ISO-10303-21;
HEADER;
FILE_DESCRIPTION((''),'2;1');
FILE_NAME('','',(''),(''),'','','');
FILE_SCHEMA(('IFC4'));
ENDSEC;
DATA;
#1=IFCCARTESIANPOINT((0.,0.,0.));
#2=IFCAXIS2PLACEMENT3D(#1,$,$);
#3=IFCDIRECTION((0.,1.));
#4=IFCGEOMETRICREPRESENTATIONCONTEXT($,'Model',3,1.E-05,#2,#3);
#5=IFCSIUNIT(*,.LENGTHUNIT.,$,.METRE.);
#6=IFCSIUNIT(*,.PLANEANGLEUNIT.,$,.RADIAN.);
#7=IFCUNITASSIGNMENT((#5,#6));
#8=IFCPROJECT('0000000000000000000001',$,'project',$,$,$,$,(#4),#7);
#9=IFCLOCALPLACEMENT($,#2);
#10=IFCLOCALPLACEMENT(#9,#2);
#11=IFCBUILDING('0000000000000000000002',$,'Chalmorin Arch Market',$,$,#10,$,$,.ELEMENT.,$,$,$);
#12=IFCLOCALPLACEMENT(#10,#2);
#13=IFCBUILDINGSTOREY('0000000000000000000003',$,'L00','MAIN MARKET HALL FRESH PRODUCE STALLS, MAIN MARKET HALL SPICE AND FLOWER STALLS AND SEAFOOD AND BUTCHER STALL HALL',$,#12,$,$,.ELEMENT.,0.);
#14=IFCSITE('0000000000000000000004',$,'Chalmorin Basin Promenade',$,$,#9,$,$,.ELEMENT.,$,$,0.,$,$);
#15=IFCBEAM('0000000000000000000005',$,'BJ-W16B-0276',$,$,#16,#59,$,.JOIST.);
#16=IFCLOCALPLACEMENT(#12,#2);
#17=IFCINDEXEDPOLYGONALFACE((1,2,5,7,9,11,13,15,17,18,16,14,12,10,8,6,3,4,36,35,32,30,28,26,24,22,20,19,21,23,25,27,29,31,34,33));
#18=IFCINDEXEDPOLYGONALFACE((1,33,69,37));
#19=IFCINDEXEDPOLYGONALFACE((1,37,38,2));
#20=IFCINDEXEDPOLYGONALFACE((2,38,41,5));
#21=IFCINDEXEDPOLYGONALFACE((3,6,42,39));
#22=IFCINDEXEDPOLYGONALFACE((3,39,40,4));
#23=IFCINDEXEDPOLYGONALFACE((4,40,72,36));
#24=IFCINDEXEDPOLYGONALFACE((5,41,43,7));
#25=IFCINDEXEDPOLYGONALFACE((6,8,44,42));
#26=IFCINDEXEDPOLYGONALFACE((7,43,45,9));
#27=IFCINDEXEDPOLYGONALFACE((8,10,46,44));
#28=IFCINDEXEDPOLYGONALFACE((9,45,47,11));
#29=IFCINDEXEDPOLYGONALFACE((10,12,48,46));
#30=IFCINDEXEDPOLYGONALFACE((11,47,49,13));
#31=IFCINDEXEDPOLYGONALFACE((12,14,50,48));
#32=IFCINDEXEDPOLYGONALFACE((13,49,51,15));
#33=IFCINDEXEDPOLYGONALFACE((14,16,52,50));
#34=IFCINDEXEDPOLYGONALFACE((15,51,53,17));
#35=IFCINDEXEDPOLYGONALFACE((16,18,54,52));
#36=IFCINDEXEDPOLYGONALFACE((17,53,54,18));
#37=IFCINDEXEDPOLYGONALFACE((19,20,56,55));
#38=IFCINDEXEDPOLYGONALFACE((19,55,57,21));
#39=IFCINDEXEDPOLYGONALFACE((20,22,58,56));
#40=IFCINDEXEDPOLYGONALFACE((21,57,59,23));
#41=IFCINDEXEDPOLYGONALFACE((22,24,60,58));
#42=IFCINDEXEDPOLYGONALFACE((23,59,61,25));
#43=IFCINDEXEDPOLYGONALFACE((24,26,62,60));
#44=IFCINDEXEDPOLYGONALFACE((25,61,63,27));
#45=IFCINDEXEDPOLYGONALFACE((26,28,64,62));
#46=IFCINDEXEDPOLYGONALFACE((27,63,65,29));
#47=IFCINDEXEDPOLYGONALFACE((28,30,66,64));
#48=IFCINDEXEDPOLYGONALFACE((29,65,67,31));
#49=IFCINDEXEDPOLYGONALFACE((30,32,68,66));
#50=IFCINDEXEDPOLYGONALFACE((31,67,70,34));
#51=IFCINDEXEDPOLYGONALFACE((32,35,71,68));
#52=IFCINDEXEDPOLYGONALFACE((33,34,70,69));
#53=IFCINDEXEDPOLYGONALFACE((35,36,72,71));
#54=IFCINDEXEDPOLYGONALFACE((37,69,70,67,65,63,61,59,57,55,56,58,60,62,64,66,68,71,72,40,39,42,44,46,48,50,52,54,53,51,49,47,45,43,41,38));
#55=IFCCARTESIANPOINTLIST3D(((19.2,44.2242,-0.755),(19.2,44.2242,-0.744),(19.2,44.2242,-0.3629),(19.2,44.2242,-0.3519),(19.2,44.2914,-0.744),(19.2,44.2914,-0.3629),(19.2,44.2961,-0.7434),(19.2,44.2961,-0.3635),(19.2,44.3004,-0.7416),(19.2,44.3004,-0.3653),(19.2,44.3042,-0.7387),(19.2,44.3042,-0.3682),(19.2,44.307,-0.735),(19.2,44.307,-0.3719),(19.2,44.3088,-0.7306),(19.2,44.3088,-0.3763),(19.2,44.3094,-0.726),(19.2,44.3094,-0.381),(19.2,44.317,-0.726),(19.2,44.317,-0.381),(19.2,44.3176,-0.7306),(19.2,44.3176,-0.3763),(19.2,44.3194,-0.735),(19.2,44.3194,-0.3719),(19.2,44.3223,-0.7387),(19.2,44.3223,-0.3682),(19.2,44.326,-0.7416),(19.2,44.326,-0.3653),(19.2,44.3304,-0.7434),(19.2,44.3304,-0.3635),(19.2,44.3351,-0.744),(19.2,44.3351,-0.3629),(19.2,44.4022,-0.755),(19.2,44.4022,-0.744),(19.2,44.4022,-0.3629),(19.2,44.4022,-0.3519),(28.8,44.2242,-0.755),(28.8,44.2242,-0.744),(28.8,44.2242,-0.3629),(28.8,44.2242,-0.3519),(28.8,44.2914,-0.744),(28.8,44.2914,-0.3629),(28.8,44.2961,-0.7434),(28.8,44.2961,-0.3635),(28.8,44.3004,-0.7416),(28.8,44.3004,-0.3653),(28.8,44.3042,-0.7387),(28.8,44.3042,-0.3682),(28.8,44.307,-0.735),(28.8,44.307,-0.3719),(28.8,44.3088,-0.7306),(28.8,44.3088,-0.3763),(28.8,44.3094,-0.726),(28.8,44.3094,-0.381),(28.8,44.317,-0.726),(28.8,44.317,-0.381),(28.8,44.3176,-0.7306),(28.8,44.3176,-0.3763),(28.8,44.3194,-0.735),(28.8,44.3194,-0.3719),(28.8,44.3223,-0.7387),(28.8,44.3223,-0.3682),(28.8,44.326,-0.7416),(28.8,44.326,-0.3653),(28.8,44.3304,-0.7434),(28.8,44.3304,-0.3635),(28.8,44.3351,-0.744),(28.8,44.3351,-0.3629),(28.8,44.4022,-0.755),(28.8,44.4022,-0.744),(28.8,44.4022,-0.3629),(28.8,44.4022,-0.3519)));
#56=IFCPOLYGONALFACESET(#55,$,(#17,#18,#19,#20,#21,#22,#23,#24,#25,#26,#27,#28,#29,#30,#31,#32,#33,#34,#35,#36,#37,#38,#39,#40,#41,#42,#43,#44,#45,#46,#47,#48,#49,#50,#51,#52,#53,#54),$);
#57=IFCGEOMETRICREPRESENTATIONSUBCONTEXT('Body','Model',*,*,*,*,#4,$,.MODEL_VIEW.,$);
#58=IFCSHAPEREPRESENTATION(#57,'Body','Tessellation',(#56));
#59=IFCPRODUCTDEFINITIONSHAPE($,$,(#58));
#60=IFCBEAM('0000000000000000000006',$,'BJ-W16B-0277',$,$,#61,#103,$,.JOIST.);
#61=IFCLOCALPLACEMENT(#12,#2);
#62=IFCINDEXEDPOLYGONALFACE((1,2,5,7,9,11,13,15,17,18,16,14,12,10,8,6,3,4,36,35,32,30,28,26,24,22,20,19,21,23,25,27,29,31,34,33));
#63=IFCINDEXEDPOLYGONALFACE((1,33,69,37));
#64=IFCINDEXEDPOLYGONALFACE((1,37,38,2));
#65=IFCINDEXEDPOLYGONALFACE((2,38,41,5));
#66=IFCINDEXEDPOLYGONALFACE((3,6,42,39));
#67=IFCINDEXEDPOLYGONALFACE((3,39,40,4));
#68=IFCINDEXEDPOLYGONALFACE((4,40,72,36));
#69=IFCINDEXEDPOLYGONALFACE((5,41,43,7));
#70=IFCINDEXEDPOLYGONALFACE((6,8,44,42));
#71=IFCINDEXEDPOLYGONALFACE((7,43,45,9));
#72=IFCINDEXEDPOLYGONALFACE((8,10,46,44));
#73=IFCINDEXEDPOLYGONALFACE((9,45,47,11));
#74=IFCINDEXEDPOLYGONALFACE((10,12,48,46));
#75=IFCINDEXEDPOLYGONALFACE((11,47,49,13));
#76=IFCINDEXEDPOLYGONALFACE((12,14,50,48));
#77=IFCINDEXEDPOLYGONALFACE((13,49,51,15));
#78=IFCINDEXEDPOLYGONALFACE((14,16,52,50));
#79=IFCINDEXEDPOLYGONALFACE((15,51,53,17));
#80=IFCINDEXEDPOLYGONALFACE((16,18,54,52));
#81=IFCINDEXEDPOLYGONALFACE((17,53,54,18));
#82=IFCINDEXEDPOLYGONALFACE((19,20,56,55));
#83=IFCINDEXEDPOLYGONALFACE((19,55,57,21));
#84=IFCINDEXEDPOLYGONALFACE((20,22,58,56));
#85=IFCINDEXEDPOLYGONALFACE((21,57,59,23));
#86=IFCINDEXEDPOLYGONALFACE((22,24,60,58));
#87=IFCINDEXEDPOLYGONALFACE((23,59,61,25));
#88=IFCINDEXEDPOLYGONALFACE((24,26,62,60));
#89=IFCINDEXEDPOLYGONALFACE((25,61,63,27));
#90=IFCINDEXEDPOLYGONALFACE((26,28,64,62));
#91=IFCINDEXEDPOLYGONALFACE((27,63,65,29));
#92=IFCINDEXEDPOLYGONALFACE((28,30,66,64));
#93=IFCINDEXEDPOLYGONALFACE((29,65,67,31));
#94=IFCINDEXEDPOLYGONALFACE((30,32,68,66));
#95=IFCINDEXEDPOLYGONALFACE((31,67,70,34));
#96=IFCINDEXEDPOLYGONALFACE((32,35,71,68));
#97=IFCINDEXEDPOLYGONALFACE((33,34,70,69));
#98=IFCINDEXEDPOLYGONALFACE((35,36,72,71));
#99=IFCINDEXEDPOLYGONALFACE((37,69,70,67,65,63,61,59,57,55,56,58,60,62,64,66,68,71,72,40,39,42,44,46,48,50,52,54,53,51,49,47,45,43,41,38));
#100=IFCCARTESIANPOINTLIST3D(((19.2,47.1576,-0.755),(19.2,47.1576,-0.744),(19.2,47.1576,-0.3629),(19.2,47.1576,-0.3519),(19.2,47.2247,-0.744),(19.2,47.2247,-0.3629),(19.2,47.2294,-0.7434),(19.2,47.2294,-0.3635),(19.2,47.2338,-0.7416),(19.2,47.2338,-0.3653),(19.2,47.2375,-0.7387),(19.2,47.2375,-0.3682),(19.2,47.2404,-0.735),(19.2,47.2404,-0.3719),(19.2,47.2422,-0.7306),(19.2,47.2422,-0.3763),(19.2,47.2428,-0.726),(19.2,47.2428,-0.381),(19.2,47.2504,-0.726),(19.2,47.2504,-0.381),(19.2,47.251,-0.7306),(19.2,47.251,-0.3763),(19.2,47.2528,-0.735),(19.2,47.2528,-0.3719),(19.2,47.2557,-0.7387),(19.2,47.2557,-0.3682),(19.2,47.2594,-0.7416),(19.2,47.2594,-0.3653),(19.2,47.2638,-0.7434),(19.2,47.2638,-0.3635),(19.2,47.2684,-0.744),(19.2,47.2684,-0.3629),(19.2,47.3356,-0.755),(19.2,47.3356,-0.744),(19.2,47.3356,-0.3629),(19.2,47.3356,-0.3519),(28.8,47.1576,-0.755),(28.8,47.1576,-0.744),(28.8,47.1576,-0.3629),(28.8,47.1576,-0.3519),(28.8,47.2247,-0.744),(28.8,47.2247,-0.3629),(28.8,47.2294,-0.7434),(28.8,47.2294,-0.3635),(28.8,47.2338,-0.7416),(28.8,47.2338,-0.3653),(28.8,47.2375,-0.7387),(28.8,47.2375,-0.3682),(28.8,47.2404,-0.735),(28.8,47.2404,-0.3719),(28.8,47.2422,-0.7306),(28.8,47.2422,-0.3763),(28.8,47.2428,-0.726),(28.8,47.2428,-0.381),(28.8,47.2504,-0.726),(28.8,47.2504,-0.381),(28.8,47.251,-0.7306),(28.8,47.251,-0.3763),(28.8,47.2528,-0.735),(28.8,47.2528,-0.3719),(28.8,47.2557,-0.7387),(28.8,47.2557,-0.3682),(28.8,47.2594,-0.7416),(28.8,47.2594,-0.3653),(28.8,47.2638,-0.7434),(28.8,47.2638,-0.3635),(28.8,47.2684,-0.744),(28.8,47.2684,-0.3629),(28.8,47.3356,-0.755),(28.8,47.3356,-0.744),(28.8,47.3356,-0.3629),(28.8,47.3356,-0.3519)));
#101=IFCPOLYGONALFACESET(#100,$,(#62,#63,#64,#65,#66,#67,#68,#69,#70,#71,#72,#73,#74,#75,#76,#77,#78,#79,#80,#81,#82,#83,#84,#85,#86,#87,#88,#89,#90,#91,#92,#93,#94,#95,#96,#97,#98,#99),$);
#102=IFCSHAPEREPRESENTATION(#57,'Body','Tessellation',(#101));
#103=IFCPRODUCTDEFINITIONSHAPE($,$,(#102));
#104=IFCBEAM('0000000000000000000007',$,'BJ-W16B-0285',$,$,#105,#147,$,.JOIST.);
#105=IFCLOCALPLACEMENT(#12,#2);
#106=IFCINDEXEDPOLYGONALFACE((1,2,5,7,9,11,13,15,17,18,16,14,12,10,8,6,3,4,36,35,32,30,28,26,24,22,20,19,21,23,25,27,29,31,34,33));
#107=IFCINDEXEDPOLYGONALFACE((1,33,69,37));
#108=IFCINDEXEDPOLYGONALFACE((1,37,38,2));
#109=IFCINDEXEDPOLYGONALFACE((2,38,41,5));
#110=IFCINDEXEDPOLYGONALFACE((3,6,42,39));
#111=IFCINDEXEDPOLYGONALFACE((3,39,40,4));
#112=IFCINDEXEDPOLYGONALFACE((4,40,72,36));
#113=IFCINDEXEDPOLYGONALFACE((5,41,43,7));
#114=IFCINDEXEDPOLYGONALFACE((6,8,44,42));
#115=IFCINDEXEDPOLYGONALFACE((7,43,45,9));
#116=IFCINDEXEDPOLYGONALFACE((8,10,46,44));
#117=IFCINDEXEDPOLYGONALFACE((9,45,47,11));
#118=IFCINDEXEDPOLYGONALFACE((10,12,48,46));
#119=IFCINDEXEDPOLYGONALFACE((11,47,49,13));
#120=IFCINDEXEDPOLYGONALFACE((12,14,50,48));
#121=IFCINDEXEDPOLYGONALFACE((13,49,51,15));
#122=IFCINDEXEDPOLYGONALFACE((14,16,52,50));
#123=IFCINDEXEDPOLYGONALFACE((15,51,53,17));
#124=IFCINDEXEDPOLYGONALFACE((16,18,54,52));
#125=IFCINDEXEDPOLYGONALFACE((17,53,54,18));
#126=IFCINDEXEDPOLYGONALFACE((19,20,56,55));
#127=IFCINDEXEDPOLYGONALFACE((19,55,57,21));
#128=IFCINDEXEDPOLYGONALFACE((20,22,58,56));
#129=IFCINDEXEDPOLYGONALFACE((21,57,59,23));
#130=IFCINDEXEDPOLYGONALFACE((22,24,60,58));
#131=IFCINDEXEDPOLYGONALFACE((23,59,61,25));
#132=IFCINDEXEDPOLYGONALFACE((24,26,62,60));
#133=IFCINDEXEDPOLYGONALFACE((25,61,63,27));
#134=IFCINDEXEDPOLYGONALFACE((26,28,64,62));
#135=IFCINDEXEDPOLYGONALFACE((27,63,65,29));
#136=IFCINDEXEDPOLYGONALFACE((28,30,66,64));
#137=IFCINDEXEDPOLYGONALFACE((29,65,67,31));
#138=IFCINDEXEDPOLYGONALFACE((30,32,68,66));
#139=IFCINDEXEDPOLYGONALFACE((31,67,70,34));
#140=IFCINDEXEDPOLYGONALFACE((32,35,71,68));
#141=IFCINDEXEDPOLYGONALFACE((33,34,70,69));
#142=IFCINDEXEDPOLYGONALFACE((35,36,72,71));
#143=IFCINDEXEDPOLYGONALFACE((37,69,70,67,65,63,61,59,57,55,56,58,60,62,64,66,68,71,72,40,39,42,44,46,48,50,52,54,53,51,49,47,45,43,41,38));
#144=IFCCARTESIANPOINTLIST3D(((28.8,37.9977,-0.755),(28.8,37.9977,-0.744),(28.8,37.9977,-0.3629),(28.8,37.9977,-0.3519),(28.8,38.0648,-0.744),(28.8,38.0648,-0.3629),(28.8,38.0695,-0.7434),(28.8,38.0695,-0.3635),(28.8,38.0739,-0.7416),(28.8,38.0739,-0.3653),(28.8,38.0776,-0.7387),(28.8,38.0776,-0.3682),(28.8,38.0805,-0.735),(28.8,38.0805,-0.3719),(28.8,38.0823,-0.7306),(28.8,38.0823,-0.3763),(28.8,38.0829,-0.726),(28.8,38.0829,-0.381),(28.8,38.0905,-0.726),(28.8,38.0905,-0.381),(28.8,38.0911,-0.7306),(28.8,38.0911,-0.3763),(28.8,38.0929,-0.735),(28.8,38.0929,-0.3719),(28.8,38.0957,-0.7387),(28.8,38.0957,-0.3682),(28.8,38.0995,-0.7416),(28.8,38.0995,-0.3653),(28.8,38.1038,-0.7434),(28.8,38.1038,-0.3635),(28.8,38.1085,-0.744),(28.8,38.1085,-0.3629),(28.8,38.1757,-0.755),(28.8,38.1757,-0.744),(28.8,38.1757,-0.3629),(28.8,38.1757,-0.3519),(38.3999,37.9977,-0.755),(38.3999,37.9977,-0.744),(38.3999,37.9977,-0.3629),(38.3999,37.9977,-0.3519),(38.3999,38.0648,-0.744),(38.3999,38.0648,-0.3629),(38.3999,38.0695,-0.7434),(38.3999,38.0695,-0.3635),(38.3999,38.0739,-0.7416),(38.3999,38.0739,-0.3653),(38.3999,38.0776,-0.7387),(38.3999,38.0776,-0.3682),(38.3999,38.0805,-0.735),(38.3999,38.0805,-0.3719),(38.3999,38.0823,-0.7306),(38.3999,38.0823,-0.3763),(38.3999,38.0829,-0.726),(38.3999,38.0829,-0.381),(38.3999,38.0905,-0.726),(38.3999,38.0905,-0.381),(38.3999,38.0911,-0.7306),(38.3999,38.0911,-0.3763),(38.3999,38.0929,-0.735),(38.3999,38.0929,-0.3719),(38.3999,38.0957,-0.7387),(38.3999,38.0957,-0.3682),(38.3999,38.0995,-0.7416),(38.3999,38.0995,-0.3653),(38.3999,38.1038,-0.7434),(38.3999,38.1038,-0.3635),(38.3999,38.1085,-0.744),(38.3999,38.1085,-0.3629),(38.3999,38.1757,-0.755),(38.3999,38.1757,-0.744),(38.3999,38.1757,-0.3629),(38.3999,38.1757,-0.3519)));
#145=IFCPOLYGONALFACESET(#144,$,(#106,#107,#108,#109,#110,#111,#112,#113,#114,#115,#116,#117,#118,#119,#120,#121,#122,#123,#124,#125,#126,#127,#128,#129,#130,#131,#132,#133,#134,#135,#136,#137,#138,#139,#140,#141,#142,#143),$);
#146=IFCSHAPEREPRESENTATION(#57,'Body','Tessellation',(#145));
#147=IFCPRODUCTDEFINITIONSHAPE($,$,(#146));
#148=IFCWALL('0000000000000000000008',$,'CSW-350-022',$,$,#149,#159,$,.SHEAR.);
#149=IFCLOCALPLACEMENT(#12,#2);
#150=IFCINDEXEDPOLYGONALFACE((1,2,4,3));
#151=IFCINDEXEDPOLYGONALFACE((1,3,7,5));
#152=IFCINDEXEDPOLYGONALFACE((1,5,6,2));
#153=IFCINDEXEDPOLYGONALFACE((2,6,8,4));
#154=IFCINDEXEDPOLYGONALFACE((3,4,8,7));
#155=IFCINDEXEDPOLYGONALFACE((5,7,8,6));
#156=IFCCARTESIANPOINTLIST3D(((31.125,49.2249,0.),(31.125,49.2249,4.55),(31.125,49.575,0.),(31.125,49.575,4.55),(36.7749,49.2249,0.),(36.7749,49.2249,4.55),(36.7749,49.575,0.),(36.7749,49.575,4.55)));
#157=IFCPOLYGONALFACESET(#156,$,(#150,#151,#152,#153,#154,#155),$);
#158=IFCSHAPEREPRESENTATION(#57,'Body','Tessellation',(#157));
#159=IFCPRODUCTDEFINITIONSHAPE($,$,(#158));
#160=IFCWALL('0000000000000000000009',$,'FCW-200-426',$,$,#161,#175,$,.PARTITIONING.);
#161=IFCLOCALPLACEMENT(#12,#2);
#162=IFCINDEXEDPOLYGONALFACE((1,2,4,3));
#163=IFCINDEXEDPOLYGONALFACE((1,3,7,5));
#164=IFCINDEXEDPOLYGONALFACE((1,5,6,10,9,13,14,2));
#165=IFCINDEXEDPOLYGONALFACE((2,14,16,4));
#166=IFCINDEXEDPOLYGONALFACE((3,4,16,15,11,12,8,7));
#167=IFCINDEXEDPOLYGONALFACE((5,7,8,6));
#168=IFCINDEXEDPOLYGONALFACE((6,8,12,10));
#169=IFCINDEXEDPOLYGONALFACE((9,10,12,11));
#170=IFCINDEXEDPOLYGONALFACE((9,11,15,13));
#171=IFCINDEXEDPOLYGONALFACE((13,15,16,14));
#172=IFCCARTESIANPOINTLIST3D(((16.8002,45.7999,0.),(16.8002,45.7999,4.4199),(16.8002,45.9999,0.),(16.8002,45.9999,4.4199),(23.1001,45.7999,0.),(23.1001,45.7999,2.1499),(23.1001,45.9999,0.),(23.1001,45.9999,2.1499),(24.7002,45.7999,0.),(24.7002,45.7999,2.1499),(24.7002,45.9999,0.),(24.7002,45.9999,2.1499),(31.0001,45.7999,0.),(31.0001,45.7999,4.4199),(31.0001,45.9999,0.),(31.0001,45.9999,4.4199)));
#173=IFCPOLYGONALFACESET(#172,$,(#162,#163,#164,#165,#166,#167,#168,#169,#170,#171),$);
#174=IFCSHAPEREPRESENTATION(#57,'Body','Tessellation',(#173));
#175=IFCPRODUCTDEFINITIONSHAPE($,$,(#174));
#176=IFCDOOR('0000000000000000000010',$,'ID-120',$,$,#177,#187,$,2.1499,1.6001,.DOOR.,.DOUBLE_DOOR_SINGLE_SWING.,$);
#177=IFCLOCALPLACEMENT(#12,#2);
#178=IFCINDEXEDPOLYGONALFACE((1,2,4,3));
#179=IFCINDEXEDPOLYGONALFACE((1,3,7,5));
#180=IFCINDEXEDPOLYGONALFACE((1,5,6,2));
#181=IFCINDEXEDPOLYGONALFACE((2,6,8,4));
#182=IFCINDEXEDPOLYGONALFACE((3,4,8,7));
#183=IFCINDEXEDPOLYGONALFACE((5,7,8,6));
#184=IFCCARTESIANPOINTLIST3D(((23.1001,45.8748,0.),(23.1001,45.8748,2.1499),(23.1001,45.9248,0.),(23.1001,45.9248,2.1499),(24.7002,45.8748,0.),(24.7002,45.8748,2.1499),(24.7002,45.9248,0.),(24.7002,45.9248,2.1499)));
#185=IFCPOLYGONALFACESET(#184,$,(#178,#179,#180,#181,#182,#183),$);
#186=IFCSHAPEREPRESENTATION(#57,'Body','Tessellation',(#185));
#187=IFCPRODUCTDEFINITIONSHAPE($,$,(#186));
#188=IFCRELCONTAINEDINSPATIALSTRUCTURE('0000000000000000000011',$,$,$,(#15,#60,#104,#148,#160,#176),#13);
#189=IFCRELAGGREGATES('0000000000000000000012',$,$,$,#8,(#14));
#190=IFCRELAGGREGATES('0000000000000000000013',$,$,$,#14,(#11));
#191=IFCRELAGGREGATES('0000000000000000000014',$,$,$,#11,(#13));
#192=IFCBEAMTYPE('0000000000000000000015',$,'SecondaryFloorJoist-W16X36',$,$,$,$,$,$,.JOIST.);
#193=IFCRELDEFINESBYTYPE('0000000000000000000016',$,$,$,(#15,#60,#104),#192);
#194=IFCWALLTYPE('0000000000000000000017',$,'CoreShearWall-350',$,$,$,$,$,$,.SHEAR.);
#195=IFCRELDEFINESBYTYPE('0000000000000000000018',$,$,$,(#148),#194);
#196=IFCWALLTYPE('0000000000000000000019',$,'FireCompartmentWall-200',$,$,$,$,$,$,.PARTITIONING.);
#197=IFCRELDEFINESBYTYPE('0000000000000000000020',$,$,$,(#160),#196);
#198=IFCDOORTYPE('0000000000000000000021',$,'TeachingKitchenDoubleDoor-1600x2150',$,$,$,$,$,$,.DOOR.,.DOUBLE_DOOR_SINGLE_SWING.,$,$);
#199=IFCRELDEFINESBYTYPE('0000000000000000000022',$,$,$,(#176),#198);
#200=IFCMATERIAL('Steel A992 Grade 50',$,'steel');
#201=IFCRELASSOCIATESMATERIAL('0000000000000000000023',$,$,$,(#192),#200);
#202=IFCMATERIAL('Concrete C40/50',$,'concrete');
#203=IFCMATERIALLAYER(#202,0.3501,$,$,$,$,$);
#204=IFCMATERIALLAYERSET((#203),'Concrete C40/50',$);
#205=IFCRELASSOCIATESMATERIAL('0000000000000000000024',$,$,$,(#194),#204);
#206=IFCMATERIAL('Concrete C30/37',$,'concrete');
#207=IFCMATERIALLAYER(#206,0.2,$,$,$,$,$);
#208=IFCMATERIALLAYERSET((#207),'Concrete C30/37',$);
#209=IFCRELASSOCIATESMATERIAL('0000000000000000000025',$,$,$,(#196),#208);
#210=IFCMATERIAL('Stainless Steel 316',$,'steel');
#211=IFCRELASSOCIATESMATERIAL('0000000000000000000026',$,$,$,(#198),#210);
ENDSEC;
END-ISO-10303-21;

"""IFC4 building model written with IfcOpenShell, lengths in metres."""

from ifc_helpers import new_model, si_unit, direction, frame, frame_2d, origin, origin_2d, place, context, subcontext, project, spatial, rectangle, i_section, extrude, material, layer, layer_set, material_profile, profile_set, type_object, element, fill, save


model = new_model("IFC4")

# Units and contexts
model_context = context("Model", 3, precision=1e-05, world=origin(), true_north=direction((0.0, 1.0)))
body_context = subcontext(model_context, "Body", "Model", "MODEL_VIEW")
ifc_project = project(units=[si_unit("LENGTHUNIT", "METRE"), si_unit("PLANEANGLEUNIT", "RADIAN")], contexts=[model_context])

# Site, building, storey
site_placement = place(None, origin())
site = spatial("IfcSite", under=ifc_project, at=site_placement, Name="Chalmorin Basin Promenade", CompositionType="ELEMENT", RefElevation=0.0)
building_placement = place(site_placement, origin())
building = spatial("IfcBuilding", under=site, at=building_placement, Name="Chalmorin Arch Market", CompositionType="ELEMENT")
storey_placement = place(building_placement, origin())
storey = spatial("IfcBuildingStorey", under=building, at=storey_placement, Name="L00", Description="MAIN MARKET HALL FRESH PRODUCE STALLS, MAIN MARKET HALL SPICE AND FLOWER STALLS AND SEAFOOD AND BUTCHER STALL HALL", CompositionType="ELEMENT", Elevation=0.0)

# Shared definitions
ifc_material_1 = material(Name="Concrete C40/50", Category="concrete")

# Beams
ifc_material_2 = material(Name="Steel A992 Grade 50", Category="steel")
ifc_material_profile_1 = material_profile(ifc_material_2, i_section(OverallWidth=0.178, OverallDepth=0.4031, WebThickness=0.0076, FlangeThickness=0.011, FilletRadius=0.0181, at=origin_2d()), Name="W16X36")
ifc_profile_set_1 = profile_set([ifc_material_profile_1], Name="Steel A992 Grade 50")
beam_type_1 = type_object("IfcBeamType", Name="SecondaryFloorJoist-W16X36", PredefinedType="JOIST", material=ifc_profile_set_1)
for number, where, z_axis, x_axis, name in (
    (1, (19.2, 44.3132, -0.5535), (1.0, 0.0, 0.0), (0.0, 1.0, 0.0), "BJ-W16B-0276"),
    (2, (19.2, 47.2466, -0.5535), (1.0, 0.0, 0.0), (0.0, 1.0, 0.0), "BJ-W16B-0277"),
):
    element("IfcBeam", number, at=place(storey_placement, frame(where, z_axis=z_axis, x_axis=x_axis)), inside=storey, type_object=beam_type_1, Name=name, PredefinedType="JOIST", context=body_context, shape_type="SweptSolid", body=[
        extrude(i_section(OverallWidth=0.178, OverallDepth=0.4031, WebThickness=0.0076, FlangeThickness=0.011, FilletRadius=0.0181, at=origin_2d()), origin(), (0.0, 0.0, 1.0), 9.6001),
    ])
beam_1_placement = place(storey_placement, frame((28.8, 38.0867, -0.5535), z_axis=(1.0, 0.0, 0.0), x_axis=(0.0, 1.0, 0.0)))
element("IfcBeam", 3, at=beam_1_placement, inside=storey, type_object=beam_type_1, Name="BJ-W16B-0285", PredefinedType="JOIST", context=body_context, shape_type="SweptSolid", body=[
    extrude(i_section(OverallWidth=0.178, OverallDepth=0.4031, WebThickness=0.0076, FlangeThickness=0.011, FilletRadius=0.0181, at=origin_2d()), origin(), (0.0, 0.0, 1.0), 9.5999),
])

# Wall
ifc_layer_1 = layer(ifc_material_1, 0.3501)
ifc_layer_set_1 = layer_set([ifc_layer_1], Name="Concrete C40/50")
wall_type_1 = type_object("IfcWallType", Name="CoreShearWall-350", PredefinedType="SHEAR", material=ifc_layer_set_1)
wall_1_placement = place(storey_placement, frame((31.125, 49.3999, 0.0), z_axis=(0.0, 0.0, 1.0), x_axis=(1.0, 0.0, 0.0)))
element("IfcWall", 4, at=wall_1_placement, inside=storey, type_object=wall_type_1, Name="CSW-350-022", PredefinedType="SHEAR", context=body_context, shape_type="SweptSolid", body=[
    extrude(rectangle(XDim=5.6499, YDim=0.3501, at=frame_2d((2.825, 0.0))), origin(), (0.0, 0.0, 1.0), 4.55),
])

# Wall, opening, door
ifc_material_3 = material(Name="Concrete C30/37", Category="concrete")
ifc_layer_2 = layer(ifc_material_3, 0.2)
ifc_layer_set_2 = layer_set([ifc_layer_2], Name="Concrete C30/37")
wall_type_2 = type_object("IfcWallType", Name="FireCompartmentWall-200", PredefinedType="PARTITIONING", material=ifc_layer_set_2)
wall_2_placement = place(storey_placement, frame((16.8, 45.8999, 0.0), z_axis=(0.0, 0.0, 1.0), x_axis=(1.0, 0.0, 0.0)))
wall_2 = element("IfcWall", 5, at=wall_2_placement, inside=storey, type_object=wall_type_2, Name="FCW-200-426", PredefinedType="PARTITIONING", context=body_context, shape_type="SweptSolid", body=[
    extrude(rectangle(XDim=14.2, YDim=0.2, at=frame_2d((7.1001, 0.0))), origin(), (0.0, 0.0, 1.0), 4.4199),
])
opening_1_placement = place(wall_2_placement, frame((6.3, 0.0, 0.0)))
opening_1 = element("IfcOpeningElement", 6, at=opening_1_placement, cuts=wall_2, PredefinedType="OPENING", context=body_context, shape_type="SweptSolid", body=[
    extrude(rectangle(XDim=1.6001, YDim=2.1499, at=frame_2d((0.8, 1.075))), frame((0.0, 0.1099, 0.0), z_axis=(0.0, -1.0, 0.0), x_axis=(1.0, 0.0, 0.0)), (0.0, 0.0, 1.0), 0.22),
])
ifc_material_4 = material(Name="Stainless Steel 316", Category="steel")
door_type_1 = type_object("IfcDoorType", Name="TeachingKitchenDoubleDoor-1600x2150", OperationType="DOUBLE_DOOR_SINGLE_SWING", PredefinedType="DOOR", material=ifc_material_4)
door_1_placement = place(opening_1_placement, origin())
door_1 = element("IfcDoor", 7, at=door_1_placement, inside=storey, type_object=door_type_1, Name="ID-120", OperationType="DOUBLE_DOOR_SINGLE_SWING", OverallHeight=2.1499, OverallWidth=1.6001, PredefinedType="DOOR", context=body_context, shape_type="SweptSolid", body=[
    extrude(rectangle(XDim=1.6001, YDim=2.1499, at=frame_2d((0.8, 1.075))), frame((0.0, 0.0249, 0.0), z_axis=(0.0, -1.0, 0.0), x_axis=(1.0, 0.0, 0.0)), (0.0, 0.0, 1.0), 0.05),
])
fill(opening_1, door_1)

save(model, "model.ifc")
